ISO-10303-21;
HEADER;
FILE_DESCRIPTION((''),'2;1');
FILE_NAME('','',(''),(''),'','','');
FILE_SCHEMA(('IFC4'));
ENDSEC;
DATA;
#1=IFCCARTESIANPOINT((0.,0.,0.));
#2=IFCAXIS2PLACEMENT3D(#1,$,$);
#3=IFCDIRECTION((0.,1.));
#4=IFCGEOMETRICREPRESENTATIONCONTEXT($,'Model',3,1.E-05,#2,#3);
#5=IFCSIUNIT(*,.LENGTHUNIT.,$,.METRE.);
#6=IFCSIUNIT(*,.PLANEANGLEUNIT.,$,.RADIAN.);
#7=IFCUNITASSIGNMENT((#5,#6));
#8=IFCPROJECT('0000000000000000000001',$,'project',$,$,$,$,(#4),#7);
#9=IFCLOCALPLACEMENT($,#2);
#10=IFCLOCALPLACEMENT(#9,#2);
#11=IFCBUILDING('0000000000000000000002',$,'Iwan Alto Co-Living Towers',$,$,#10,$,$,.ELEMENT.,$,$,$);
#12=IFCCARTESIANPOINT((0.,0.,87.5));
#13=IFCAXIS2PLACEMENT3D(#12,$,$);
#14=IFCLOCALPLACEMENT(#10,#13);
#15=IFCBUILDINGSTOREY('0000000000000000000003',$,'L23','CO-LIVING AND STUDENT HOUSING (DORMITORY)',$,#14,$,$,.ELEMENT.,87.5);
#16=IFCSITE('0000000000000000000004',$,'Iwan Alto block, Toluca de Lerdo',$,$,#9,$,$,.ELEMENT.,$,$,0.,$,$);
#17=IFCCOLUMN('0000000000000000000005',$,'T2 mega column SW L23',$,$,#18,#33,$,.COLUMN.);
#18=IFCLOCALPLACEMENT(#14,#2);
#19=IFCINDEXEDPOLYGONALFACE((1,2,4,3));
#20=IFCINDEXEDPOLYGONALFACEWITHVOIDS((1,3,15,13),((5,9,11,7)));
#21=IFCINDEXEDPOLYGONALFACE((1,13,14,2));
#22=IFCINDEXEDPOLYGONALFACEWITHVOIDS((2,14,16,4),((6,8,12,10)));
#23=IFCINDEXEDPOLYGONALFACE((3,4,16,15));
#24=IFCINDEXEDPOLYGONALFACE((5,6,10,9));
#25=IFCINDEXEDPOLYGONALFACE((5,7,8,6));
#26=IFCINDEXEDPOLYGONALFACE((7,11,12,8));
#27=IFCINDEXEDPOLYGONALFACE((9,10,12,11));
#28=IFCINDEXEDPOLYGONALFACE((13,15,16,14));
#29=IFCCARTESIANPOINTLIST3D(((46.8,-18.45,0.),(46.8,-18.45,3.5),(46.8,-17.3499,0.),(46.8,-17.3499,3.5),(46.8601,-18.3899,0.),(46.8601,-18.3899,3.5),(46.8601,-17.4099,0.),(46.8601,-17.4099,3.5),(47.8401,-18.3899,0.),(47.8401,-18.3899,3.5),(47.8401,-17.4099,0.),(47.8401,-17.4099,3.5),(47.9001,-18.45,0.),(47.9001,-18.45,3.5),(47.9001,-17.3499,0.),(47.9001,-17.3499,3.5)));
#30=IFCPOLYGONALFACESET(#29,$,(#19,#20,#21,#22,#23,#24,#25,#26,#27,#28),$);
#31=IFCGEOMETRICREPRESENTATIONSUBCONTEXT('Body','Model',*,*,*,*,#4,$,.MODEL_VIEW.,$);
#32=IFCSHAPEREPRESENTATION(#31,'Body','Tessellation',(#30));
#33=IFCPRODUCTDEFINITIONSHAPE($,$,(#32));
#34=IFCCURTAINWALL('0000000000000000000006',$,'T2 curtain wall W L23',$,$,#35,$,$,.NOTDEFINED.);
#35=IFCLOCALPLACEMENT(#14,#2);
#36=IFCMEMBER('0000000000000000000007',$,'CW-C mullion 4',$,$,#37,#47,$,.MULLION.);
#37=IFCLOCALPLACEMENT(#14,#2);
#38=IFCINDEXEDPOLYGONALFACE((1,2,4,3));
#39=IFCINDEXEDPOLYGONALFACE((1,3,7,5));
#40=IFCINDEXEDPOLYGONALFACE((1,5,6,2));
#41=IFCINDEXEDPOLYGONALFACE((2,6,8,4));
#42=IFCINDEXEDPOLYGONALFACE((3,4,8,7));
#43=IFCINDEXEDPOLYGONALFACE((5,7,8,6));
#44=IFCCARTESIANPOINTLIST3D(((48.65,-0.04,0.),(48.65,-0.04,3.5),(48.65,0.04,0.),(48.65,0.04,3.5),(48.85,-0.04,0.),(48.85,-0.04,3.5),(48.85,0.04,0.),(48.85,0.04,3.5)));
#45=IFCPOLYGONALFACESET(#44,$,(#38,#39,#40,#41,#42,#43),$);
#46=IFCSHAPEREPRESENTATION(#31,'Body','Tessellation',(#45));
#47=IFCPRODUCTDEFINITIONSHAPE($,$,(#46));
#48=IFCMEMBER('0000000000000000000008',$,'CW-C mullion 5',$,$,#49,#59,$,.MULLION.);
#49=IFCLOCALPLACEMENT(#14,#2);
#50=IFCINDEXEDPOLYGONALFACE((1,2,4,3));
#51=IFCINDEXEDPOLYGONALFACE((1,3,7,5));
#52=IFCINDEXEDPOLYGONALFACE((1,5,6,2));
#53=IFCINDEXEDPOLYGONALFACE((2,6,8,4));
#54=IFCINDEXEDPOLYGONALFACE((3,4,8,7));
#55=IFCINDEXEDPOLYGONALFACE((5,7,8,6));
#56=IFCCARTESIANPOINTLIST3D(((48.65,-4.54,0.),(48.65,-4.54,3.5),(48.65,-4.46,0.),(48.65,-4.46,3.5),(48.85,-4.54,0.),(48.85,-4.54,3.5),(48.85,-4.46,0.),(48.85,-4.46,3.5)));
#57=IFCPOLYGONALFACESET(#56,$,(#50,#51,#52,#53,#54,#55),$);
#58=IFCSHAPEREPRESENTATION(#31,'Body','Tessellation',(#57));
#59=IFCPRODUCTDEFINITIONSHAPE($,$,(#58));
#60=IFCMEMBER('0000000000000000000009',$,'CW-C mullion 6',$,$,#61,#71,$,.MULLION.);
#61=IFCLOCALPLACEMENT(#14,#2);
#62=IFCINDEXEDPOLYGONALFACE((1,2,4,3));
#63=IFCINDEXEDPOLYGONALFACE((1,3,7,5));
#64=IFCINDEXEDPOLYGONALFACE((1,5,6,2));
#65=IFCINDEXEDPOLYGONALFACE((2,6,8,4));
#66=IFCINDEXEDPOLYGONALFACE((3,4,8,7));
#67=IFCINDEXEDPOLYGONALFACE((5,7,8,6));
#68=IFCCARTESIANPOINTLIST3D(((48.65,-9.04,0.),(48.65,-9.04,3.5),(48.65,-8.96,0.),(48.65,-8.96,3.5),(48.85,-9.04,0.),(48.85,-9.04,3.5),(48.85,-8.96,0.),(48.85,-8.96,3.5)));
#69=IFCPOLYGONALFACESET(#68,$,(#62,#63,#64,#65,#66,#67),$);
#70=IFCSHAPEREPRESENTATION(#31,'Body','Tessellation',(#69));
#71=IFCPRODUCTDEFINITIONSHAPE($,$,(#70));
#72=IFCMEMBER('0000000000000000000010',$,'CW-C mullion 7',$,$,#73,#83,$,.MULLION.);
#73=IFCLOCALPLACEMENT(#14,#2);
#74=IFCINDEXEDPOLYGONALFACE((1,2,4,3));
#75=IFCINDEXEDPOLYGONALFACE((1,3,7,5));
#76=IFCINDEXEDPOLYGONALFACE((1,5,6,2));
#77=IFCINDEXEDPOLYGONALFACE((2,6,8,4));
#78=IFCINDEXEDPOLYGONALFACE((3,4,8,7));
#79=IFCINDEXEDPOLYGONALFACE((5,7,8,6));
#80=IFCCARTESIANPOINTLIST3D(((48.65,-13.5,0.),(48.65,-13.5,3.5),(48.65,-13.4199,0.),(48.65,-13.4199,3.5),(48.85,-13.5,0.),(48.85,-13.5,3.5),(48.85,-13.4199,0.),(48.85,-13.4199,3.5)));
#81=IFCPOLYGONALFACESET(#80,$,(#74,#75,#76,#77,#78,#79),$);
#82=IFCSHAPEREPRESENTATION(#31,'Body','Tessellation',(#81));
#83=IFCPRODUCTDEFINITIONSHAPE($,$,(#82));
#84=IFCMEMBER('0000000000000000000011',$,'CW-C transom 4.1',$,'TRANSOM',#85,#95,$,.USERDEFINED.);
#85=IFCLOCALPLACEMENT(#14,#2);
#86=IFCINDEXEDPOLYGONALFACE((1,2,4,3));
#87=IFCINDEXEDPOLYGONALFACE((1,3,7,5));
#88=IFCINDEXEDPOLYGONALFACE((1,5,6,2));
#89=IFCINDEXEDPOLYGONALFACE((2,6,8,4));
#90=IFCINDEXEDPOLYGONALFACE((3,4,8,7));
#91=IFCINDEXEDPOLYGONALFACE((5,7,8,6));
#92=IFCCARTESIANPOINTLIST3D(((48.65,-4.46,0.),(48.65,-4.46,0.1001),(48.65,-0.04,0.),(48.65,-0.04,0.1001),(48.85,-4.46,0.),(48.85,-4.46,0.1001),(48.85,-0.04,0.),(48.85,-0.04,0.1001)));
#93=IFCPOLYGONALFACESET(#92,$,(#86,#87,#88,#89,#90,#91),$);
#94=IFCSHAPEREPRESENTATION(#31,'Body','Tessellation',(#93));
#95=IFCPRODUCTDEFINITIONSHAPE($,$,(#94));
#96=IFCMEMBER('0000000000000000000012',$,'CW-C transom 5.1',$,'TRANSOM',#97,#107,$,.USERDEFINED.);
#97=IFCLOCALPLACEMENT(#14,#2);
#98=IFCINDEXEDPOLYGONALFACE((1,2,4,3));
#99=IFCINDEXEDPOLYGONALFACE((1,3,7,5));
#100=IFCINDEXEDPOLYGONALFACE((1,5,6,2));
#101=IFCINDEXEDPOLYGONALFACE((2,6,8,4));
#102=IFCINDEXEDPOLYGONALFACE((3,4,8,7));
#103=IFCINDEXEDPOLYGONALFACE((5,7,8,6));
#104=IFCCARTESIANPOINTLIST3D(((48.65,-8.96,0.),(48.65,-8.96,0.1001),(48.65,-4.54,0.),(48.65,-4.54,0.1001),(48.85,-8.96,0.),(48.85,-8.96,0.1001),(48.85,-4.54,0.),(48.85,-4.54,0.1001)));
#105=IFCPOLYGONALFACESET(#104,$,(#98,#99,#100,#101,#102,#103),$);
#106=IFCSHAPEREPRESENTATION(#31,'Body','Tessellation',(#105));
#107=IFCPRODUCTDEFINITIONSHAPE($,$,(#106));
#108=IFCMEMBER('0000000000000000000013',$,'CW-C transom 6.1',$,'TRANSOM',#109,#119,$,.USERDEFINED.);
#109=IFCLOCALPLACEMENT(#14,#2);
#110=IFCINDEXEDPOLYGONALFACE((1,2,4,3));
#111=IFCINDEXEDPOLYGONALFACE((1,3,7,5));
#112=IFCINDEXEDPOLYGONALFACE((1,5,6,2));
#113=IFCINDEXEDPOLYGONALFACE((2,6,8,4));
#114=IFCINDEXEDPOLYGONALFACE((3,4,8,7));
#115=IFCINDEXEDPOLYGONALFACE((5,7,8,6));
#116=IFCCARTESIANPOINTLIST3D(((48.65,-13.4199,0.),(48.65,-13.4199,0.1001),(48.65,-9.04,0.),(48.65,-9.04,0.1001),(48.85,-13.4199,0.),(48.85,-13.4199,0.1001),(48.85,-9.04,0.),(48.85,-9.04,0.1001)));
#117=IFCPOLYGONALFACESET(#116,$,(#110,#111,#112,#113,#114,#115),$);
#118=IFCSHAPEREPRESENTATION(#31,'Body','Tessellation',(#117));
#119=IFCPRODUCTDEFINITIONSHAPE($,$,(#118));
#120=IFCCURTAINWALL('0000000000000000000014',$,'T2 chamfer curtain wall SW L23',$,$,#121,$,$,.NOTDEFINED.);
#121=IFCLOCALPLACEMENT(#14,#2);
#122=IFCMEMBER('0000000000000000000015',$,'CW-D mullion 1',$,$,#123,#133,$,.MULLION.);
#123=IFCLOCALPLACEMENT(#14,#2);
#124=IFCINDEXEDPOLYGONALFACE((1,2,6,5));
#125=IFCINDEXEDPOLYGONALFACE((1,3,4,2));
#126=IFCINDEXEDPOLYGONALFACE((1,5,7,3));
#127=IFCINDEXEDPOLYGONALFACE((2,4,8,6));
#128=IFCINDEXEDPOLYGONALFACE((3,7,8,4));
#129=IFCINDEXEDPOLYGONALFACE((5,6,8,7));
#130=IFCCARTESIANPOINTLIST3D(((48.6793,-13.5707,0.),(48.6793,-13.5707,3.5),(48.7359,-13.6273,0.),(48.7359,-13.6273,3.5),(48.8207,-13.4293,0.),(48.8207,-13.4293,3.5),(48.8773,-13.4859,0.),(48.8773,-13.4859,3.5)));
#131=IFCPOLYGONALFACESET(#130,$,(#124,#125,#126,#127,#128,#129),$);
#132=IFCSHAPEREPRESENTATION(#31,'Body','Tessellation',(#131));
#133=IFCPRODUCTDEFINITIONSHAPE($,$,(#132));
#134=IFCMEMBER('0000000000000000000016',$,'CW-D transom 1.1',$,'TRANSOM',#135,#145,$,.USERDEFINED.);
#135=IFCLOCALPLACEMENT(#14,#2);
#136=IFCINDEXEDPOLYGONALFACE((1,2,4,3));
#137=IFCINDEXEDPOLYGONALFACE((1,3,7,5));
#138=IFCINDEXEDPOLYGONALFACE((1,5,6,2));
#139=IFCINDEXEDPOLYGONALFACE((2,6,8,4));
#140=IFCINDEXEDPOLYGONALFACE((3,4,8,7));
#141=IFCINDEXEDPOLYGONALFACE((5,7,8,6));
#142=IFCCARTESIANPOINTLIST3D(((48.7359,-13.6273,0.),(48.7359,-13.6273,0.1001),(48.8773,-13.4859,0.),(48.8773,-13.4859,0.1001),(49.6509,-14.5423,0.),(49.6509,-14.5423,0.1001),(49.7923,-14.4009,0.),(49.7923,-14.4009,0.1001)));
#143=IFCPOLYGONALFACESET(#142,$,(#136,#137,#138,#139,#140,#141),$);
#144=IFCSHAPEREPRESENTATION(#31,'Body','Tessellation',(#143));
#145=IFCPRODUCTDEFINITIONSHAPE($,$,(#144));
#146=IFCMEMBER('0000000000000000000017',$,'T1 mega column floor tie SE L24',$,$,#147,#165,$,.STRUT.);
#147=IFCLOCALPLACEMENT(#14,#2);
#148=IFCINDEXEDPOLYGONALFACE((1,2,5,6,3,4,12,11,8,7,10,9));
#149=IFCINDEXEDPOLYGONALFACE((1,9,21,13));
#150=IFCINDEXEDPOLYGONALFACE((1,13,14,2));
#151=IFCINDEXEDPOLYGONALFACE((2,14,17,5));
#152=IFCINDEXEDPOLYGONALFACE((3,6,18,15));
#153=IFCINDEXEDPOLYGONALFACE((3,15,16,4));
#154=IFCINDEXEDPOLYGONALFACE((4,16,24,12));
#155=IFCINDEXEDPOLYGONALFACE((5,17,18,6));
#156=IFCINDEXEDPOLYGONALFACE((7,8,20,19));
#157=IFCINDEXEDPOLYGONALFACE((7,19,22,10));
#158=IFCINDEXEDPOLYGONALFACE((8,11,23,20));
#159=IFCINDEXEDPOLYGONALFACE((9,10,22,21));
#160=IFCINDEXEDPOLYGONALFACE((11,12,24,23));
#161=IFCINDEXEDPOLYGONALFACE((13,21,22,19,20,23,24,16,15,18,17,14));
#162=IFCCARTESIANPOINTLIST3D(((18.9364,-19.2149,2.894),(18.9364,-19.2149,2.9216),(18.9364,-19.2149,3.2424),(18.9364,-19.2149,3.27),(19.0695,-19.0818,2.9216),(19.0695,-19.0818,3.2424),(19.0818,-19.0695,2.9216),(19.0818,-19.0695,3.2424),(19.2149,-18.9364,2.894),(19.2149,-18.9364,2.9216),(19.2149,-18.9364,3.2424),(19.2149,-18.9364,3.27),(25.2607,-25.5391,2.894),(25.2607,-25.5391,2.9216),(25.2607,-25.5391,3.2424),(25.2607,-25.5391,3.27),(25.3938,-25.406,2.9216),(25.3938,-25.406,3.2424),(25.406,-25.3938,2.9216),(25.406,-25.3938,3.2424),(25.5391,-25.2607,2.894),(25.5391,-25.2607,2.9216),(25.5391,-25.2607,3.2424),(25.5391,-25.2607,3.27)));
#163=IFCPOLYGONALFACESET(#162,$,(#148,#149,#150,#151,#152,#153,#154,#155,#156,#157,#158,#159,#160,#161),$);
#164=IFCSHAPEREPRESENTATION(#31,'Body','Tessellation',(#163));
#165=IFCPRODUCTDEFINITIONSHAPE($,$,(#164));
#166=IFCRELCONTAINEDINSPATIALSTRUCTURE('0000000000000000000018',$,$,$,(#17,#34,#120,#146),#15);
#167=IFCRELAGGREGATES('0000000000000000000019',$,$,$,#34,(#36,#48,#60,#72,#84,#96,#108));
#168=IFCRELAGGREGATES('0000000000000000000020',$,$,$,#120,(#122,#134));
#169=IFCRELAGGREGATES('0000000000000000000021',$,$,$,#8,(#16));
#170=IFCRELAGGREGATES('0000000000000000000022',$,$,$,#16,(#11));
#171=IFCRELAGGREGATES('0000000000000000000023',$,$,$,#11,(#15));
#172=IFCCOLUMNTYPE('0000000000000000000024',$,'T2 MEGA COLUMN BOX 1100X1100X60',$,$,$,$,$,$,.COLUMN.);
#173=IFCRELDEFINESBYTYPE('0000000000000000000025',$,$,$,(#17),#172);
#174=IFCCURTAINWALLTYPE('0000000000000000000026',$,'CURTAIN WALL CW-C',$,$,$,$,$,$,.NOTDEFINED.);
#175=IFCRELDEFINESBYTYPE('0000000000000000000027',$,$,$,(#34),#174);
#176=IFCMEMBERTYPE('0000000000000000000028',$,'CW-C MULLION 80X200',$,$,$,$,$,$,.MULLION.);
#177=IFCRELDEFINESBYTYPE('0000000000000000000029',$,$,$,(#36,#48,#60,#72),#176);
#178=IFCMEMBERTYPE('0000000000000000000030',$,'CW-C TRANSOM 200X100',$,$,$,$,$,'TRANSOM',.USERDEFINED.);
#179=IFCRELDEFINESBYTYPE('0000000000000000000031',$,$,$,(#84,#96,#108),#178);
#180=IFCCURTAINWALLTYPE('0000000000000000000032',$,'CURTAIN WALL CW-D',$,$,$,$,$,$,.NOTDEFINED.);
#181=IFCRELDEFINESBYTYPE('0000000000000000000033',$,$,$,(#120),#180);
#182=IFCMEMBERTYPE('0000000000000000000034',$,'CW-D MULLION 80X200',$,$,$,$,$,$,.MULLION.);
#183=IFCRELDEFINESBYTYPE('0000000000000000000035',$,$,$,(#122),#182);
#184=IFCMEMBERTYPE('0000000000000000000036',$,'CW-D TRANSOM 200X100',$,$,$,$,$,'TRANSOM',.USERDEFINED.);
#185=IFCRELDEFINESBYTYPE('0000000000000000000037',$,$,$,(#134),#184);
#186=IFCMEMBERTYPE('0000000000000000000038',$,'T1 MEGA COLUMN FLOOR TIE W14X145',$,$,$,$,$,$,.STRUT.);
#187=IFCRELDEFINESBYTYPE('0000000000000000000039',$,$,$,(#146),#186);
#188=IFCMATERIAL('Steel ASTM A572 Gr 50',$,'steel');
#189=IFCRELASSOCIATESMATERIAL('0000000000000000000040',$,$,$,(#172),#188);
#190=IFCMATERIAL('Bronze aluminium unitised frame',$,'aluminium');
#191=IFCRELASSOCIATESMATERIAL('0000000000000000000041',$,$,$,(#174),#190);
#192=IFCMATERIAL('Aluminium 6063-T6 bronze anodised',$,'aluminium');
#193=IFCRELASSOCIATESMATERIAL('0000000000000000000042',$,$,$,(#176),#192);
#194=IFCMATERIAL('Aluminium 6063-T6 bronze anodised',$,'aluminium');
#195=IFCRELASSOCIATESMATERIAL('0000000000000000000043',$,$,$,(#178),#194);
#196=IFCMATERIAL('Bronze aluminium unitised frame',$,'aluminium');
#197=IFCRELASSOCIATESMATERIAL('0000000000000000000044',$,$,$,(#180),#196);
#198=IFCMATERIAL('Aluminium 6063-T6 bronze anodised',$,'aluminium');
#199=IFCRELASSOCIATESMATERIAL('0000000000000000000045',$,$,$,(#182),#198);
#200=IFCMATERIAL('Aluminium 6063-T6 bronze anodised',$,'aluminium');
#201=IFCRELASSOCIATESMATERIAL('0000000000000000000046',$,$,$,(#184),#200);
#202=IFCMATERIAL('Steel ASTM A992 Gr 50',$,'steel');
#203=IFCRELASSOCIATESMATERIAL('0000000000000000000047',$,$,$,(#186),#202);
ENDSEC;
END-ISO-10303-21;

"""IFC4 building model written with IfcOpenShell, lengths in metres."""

from ifc_helpers import new_model, si_unit, direction, frame, origin, origin_2d, place, context, subcontext, project, spatial, rectangle, hollow_rectangle, i_section, extrude, material, material_profile, profile_set, type_object, element, aggregate, save


model = new_model("IFC4")

# Units and contexts
model_context = context("Model", 3, precision=1e-05, world=origin(), true_north=direction((0.0, 1.0)))
body_context = subcontext(model_context, "Body", "Model", "MODEL_VIEW")
ifc_project = project(units=[si_unit("LENGTHUNIT", "METRE"), si_unit("PLANEANGLEUNIT", "RADIAN")], contexts=[model_context])

# Site, building, storey
site_placement = place(None, origin())
site = spatial("IfcSite", under=ifc_project, at=site_placement, Name="Iwan Alto block, Toluca de Lerdo", CompositionType="ELEMENT", RefElevation=0.0)
building_placement = place(site_placement, origin())
building = spatial("IfcBuilding", under=site, at=building_placement, Name="Iwan Alto Co-Living Towers", CompositionType="ELEMENT")
storey_placement = place(building_placement, frame((0.0, 0.0, 87.5)))
storey = spatial("IfcBuildingStorey", under=building, at=storey_placement, Name="L23", Description="CO-LIVING AND STUDENT HOUSING (DORMITORY)", CompositionType="ELEMENT", Elevation=87.5)

# Column
ifc_material_1 = material(Name="Steel ASTM A572 Gr 50", Category="steel")
ifc_material_profile_1 = material_profile(ifc_material_1, hollow_rectangle(XDim=1.1001, YDim=1.1001, WallThickness=0.0601, at=origin_2d()), Name="BOX 1100X1100X60")
ifc_profile_set_1 = profile_set([ifc_material_profile_1], Name="Steel ASTM A572 Gr 50")
column_type = type_object("IfcColumnType", Name="T2 MEGA COLUMN BOX 1100X1100X60", PredefinedType="COLUMN", material=ifc_profile_set_1)
column_placement = place(storey_placement, frame((47.3501, -17.8999, 0.0), z_axis=(0.0, 0.0, 1.0), x_axis=(1.0, 0.0, 0.0)))
element("IfcColumn", 1, at=column_placement, inside=storey, type_object=column_type, Name="T2 mega column SW L23", PredefinedType="COLUMN", context=body_context, shape_type="SweptSolid", body=[
    extrude(hollow_rectangle(XDim=1.1001, YDim=1.1001, WallThickness=0.0601, at=origin_2d()), origin(), (0.0, 0.0, 1.0), 3.5),
])

# Curtain walls, members
ifc_material_2 = material(Name="Bronze aluminium unitised frame", Category="aluminium")
curtain_wall_type_1 = type_object("IfcCurtainWallType", Name="CURTAIN WALL CW-C", PredefinedType="NOTDEFINED", material=ifc_material_2)
curtain_wall_1_placement = place(storey_placement, origin())
curtain_wall_1 = element("IfcCurtainWall", 2, at=curtain_wall_1_placement, inside=storey, type_object=curtain_wall_type_1, Name="T2 curtain wall W L23", PredefinedType="NOTDEFINED")
ifc_material_3 = material(Name="Aluminium 6063-T6 bronze anodised", Category="aluminium")
ifc_material_profile_2 = material_profile(ifc_material_3, rectangle(XDim=0.2, YDim=0.0801, at=origin_2d()), Name="AL 80X200")
ifc_profile_set_2 = profile_set([ifc_material_profile_2], Name="Aluminium 6063-T6 bronze anodised")
member_type_1 = type_object("IfcMemberType", Name="CW-C MULLION 80X200", PredefinedType="MULLION", material=ifc_profile_set_2)
member_1_placement = place(storey_placement, frame((48.75, 0.0, 0.0), z_axis=(0.0, 0.0, 1.0), x_axis=(1.0, 0.0, 0.0)))
member_1 = element("IfcMember", 3, at=member_1_placement, type_object=member_type_1, Name="CW-C mullion 4", PredefinedType="MULLION", context=body_context, shape_type="SweptSolid", body=[
    extrude(rectangle(XDim=0.2, YDim=0.0801, at=origin_2d()), origin(), (0.0, 0.0, 1.0), 3.5),
])
member_2_placement = place(storey_placement, frame((48.75, -4.5, 0.0), z_axis=(0.0, 0.0, 1.0), x_axis=(1.0, 0.0, 0.0)))
member_2 = element("IfcMember", 4, at=member_2_placement, type_object=member_type_1, Name="CW-C mullion 5", PredefinedType="MULLION", context=body_context, shape_type="SweptSolid", body=[
    extrude(rectangle(XDim=0.2, YDim=0.0801, at=origin_2d()), origin(), (0.0, 0.0, 1.0), 3.5),
])
member_3_placement = place(storey_placement, frame((48.75, -9.0, 0.0), z_axis=(0.0, 0.0, 1.0), x_axis=(1.0, 0.0, 0.0)))
member_3 = element("IfcMember", 5, at=member_3_placement, type_object=member_type_1, Name="CW-C mullion 6", PredefinedType="MULLION", context=body_context, shape_type="SweptSolid", body=[
    extrude(rectangle(XDim=0.2, YDim=0.0801, at=origin_2d()), origin(), (0.0, 0.0, 1.0), 3.5),
])
member_4_placement = place(storey_placement, frame((48.75, -13.46, 0.0), z_axis=(0.0, 0.0, 1.0), x_axis=(1.0, 0.0, 0.0)))
member_4 = element("IfcMember", 6, at=member_4_placement, type_object=member_type_1, Name="CW-C mullion 7", PredefinedType="MULLION", context=body_context, shape_type="SweptSolid", body=[
    extrude(rectangle(XDim=0.2, YDim=0.0801, at=origin_2d()), origin(), (0.0, 0.0, 1.0), 3.5),
])
ifc_material_4 = material(Name="Aluminium 6063-T6 bronze anodised", Category="aluminium")
ifc_material_profile_3 = material_profile(ifc_material_4, rectangle(XDim=0.2, YDim=0.1001, at=origin_2d()), Name="AL 200X100")
ifc_profile_set_3 = profile_set([ifc_material_profile_3], Name="Aluminium 6063-T6 bronze anodised")
member_type_2 = type_object("IfcMemberType", Name="CW-C TRANSOM 200X100", ElementType="TRANSOM", PredefinedType="USERDEFINED", material=ifc_profile_set_3)
member_5_placement = place(storey_placement, frame((48.75, -0.04, 0.05), z_axis=(0.0, -1.0, 0.0), x_axis=(1.0, 0.0, 0.0)))
member_5 = element("IfcMember", 7, at=member_5_placement, type_object=member_type_2, Name="CW-C transom 4.1", ObjectType="TRANSOM", PredefinedType="USERDEFINED", context=body_context, shape_type="SweptSolid", body=[
    extrude(rectangle(XDim=0.2, YDim=0.1001, at=origin_2d()), origin(), (0.0, 0.0, 1.0), 4.4199),
])
member_6_placement = place(storey_placement, frame((48.75, -4.54, 0.05), z_axis=(0.0, -1.0, 0.0), x_axis=(1.0, 0.0, 0.0)))
member_6 = element("IfcMember", 8, at=member_6_placement, type_object=member_type_2, Name="CW-C transom 5.1", ObjectType="TRANSOM", PredefinedType="USERDEFINED", context=body_context, shape_type="SweptSolid", body=[
    extrude(rectangle(XDim=0.2, YDim=0.1001, at=origin_2d()), origin(), (0.0, 0.0, 1.0), 4.4199),
])
member_7_placement = place(storey_placement, frame((48.75, -9.04, 0.05), z_axis=(0.0, -1.0, 0.0), x_axis=(1.0, 0.0, 0.0)))
member_7 = element("IfcMember", 9, at=member_7_placement, type_object=member_type_2, Name="CW-C transom 6.1", ObjectType="TRANSOM", PredefinedType="USERDEFINED", context=body_context, shape_type="SweptSolid", body=[
    extrude(rectangle(XDim=0.2, YDim=0.1001, at=origin_2d()), origin(), (0.0, 0.0, 1.0), 4.3799),
])
ifc_material_5 = material(Name="Bronze aluminium unitised frame", Category="aluminium")
curtain_wall_type_2 = type_object("IfcCurtainWallType", Name="CURTAIN WALL CW-D", PredefinedType="NOTDEFINED", material=ifc_material_5)
curtain_wall_2_placement = place(storey_placement, origin())
curtain_wall_2 = element("IfcCurtainWall", 10, at=curtain_wall_2_placement, inside=storey, type_object=curtain_wall_type_2, Name="T2 chamfer curtain wall SW L23", PredefinedType="NOTDEFINED")
ifc_material_6 = material(Name="Aluminium 6063-T6 bronze anodised", Category="aluminium")
ifc_material_profile_4 = material_profile(ifc_material_6, rectangle(XDim=0.2, YDim=0.0801, at=origin_2d()), Name="AL 80X200")
ifc_profile_set_4 = profile_set([ifc_material_profile_4], Name="Aluminium 6063-T6 bronze anodised")
member_type_3 = type_object("IfcMemberType", Name="CW-D MULLION 80X200", PredefinedType="MULLION", material=ifc_profile_set_4)
member_8_placement = place(storey_placement, frame((48.7783, -13.5283, 0.0), z_axis=(0.0, 0.0, 1.0), x_axis=(0.707107, 0.707107, 0.0)))
member_8 = element("IfcMember", 11, at=member_8_placement, type_object=member_type_3, Name="CW-D mullion 1", PredefinedType="MULLION", context=body_context, shape_type="SweptSolid", body=[
    extrude(rectangle(XDim=0.2, YDim=0.0801, at=origin_2d()), origin(), (0.0, 0.0, 1.0), 3.5),
])
ifc_material_7 = material(Name="Aluminium 6063-T6 bronze anodised", Category="aluminium")
ifc_material_profile_5 = material_profile(ifc_material_7, rectangle(XDim=0.2, YDim=0.1001, at=origin_2d()), Name="AL 200X100")
ifc_profile_set_5 = profile_set([ifc_material_profile_5], Name="Aluminium 6063-T6 bronze anodised")
member_type_4 = type_object("IfcMemberType", Name="CW-D TRANSOM 200X100", ElementType="TRANSOM", PredefinedType="USERDEFINED", material=ifc_profile_set_5)
member_9_placement = place(storey_placement, frame((48.8066, -13.5566, 0.05), z_axis=(0.707107, -0.707107, 0.0), x_axis=(0.707107, 0.707107, 0.0)))
member_9 = element("IfcMember", 12, at=member_9_placement, type_object=member_type_4, Name="CW-D transom 1.1", ObjectType="TRANSOM", PredefinedType="USERDEFINED", context=body_context, shape_type="SweptSolid", body=[
    extrude(rectangle(XDim=0.2, YDim=0.1001, at=origin_2d()), origin(), (0.0, 0.0, 1.0), 1.2939),
])

# Member
ifc_material_8 = material(Name="Steel ASTM A992 Gr 50", Category="steel")
ifc_material_profile_6 = material_profile(ifc_material_8, i_section(OverallWidth=0.3938, OverallDepth=0.376, WebThickness=0.0173, FlangeThickness=0.0276, at=origin_2d()), Name="W14X145")
ifc_profile_set_6 = profile_set([ifc_material_profile_6], Name="Steel ASTM A992 Gr 50")
member_type_5 = type_object("IfcMemberType", Name="T1 MEGA COLUMN FLOOR TIE W14X145", PredefinedType="STRUT", material=ifc_profile_set_6)
member_10_placement = place(storey_placement, frame((25.3999, -25.3999, 3.082), z_axis=(-0.707107, 0.707107, 0.0), x_axis=(-0.707107, -0.707107, 0.0)))
element("IfcMember", 13, at=member_10_placement, inside=storey, type_object=member_type_5, Name="T1 mega column floor tie SE L24", PredefinedType="STRUT", context=body_context, shape_type="SweptSolid", body=[
    extrude(i_section(OverallWidth=0.3938, OverallDepth=0.376, WebThickness=0.0173, FlangeThickness=0.0276, at=origin_2d()), origin(), (0.0, 0.0, 1.0), 8.9438),
])

aggregate(curtain_wall_1, [member_1, member_2, member_3, member_4, member_5, member_6, member_7])
aggregate(curtain_wall_2, [member_8, member_9])

save(model, "model.ifc")
